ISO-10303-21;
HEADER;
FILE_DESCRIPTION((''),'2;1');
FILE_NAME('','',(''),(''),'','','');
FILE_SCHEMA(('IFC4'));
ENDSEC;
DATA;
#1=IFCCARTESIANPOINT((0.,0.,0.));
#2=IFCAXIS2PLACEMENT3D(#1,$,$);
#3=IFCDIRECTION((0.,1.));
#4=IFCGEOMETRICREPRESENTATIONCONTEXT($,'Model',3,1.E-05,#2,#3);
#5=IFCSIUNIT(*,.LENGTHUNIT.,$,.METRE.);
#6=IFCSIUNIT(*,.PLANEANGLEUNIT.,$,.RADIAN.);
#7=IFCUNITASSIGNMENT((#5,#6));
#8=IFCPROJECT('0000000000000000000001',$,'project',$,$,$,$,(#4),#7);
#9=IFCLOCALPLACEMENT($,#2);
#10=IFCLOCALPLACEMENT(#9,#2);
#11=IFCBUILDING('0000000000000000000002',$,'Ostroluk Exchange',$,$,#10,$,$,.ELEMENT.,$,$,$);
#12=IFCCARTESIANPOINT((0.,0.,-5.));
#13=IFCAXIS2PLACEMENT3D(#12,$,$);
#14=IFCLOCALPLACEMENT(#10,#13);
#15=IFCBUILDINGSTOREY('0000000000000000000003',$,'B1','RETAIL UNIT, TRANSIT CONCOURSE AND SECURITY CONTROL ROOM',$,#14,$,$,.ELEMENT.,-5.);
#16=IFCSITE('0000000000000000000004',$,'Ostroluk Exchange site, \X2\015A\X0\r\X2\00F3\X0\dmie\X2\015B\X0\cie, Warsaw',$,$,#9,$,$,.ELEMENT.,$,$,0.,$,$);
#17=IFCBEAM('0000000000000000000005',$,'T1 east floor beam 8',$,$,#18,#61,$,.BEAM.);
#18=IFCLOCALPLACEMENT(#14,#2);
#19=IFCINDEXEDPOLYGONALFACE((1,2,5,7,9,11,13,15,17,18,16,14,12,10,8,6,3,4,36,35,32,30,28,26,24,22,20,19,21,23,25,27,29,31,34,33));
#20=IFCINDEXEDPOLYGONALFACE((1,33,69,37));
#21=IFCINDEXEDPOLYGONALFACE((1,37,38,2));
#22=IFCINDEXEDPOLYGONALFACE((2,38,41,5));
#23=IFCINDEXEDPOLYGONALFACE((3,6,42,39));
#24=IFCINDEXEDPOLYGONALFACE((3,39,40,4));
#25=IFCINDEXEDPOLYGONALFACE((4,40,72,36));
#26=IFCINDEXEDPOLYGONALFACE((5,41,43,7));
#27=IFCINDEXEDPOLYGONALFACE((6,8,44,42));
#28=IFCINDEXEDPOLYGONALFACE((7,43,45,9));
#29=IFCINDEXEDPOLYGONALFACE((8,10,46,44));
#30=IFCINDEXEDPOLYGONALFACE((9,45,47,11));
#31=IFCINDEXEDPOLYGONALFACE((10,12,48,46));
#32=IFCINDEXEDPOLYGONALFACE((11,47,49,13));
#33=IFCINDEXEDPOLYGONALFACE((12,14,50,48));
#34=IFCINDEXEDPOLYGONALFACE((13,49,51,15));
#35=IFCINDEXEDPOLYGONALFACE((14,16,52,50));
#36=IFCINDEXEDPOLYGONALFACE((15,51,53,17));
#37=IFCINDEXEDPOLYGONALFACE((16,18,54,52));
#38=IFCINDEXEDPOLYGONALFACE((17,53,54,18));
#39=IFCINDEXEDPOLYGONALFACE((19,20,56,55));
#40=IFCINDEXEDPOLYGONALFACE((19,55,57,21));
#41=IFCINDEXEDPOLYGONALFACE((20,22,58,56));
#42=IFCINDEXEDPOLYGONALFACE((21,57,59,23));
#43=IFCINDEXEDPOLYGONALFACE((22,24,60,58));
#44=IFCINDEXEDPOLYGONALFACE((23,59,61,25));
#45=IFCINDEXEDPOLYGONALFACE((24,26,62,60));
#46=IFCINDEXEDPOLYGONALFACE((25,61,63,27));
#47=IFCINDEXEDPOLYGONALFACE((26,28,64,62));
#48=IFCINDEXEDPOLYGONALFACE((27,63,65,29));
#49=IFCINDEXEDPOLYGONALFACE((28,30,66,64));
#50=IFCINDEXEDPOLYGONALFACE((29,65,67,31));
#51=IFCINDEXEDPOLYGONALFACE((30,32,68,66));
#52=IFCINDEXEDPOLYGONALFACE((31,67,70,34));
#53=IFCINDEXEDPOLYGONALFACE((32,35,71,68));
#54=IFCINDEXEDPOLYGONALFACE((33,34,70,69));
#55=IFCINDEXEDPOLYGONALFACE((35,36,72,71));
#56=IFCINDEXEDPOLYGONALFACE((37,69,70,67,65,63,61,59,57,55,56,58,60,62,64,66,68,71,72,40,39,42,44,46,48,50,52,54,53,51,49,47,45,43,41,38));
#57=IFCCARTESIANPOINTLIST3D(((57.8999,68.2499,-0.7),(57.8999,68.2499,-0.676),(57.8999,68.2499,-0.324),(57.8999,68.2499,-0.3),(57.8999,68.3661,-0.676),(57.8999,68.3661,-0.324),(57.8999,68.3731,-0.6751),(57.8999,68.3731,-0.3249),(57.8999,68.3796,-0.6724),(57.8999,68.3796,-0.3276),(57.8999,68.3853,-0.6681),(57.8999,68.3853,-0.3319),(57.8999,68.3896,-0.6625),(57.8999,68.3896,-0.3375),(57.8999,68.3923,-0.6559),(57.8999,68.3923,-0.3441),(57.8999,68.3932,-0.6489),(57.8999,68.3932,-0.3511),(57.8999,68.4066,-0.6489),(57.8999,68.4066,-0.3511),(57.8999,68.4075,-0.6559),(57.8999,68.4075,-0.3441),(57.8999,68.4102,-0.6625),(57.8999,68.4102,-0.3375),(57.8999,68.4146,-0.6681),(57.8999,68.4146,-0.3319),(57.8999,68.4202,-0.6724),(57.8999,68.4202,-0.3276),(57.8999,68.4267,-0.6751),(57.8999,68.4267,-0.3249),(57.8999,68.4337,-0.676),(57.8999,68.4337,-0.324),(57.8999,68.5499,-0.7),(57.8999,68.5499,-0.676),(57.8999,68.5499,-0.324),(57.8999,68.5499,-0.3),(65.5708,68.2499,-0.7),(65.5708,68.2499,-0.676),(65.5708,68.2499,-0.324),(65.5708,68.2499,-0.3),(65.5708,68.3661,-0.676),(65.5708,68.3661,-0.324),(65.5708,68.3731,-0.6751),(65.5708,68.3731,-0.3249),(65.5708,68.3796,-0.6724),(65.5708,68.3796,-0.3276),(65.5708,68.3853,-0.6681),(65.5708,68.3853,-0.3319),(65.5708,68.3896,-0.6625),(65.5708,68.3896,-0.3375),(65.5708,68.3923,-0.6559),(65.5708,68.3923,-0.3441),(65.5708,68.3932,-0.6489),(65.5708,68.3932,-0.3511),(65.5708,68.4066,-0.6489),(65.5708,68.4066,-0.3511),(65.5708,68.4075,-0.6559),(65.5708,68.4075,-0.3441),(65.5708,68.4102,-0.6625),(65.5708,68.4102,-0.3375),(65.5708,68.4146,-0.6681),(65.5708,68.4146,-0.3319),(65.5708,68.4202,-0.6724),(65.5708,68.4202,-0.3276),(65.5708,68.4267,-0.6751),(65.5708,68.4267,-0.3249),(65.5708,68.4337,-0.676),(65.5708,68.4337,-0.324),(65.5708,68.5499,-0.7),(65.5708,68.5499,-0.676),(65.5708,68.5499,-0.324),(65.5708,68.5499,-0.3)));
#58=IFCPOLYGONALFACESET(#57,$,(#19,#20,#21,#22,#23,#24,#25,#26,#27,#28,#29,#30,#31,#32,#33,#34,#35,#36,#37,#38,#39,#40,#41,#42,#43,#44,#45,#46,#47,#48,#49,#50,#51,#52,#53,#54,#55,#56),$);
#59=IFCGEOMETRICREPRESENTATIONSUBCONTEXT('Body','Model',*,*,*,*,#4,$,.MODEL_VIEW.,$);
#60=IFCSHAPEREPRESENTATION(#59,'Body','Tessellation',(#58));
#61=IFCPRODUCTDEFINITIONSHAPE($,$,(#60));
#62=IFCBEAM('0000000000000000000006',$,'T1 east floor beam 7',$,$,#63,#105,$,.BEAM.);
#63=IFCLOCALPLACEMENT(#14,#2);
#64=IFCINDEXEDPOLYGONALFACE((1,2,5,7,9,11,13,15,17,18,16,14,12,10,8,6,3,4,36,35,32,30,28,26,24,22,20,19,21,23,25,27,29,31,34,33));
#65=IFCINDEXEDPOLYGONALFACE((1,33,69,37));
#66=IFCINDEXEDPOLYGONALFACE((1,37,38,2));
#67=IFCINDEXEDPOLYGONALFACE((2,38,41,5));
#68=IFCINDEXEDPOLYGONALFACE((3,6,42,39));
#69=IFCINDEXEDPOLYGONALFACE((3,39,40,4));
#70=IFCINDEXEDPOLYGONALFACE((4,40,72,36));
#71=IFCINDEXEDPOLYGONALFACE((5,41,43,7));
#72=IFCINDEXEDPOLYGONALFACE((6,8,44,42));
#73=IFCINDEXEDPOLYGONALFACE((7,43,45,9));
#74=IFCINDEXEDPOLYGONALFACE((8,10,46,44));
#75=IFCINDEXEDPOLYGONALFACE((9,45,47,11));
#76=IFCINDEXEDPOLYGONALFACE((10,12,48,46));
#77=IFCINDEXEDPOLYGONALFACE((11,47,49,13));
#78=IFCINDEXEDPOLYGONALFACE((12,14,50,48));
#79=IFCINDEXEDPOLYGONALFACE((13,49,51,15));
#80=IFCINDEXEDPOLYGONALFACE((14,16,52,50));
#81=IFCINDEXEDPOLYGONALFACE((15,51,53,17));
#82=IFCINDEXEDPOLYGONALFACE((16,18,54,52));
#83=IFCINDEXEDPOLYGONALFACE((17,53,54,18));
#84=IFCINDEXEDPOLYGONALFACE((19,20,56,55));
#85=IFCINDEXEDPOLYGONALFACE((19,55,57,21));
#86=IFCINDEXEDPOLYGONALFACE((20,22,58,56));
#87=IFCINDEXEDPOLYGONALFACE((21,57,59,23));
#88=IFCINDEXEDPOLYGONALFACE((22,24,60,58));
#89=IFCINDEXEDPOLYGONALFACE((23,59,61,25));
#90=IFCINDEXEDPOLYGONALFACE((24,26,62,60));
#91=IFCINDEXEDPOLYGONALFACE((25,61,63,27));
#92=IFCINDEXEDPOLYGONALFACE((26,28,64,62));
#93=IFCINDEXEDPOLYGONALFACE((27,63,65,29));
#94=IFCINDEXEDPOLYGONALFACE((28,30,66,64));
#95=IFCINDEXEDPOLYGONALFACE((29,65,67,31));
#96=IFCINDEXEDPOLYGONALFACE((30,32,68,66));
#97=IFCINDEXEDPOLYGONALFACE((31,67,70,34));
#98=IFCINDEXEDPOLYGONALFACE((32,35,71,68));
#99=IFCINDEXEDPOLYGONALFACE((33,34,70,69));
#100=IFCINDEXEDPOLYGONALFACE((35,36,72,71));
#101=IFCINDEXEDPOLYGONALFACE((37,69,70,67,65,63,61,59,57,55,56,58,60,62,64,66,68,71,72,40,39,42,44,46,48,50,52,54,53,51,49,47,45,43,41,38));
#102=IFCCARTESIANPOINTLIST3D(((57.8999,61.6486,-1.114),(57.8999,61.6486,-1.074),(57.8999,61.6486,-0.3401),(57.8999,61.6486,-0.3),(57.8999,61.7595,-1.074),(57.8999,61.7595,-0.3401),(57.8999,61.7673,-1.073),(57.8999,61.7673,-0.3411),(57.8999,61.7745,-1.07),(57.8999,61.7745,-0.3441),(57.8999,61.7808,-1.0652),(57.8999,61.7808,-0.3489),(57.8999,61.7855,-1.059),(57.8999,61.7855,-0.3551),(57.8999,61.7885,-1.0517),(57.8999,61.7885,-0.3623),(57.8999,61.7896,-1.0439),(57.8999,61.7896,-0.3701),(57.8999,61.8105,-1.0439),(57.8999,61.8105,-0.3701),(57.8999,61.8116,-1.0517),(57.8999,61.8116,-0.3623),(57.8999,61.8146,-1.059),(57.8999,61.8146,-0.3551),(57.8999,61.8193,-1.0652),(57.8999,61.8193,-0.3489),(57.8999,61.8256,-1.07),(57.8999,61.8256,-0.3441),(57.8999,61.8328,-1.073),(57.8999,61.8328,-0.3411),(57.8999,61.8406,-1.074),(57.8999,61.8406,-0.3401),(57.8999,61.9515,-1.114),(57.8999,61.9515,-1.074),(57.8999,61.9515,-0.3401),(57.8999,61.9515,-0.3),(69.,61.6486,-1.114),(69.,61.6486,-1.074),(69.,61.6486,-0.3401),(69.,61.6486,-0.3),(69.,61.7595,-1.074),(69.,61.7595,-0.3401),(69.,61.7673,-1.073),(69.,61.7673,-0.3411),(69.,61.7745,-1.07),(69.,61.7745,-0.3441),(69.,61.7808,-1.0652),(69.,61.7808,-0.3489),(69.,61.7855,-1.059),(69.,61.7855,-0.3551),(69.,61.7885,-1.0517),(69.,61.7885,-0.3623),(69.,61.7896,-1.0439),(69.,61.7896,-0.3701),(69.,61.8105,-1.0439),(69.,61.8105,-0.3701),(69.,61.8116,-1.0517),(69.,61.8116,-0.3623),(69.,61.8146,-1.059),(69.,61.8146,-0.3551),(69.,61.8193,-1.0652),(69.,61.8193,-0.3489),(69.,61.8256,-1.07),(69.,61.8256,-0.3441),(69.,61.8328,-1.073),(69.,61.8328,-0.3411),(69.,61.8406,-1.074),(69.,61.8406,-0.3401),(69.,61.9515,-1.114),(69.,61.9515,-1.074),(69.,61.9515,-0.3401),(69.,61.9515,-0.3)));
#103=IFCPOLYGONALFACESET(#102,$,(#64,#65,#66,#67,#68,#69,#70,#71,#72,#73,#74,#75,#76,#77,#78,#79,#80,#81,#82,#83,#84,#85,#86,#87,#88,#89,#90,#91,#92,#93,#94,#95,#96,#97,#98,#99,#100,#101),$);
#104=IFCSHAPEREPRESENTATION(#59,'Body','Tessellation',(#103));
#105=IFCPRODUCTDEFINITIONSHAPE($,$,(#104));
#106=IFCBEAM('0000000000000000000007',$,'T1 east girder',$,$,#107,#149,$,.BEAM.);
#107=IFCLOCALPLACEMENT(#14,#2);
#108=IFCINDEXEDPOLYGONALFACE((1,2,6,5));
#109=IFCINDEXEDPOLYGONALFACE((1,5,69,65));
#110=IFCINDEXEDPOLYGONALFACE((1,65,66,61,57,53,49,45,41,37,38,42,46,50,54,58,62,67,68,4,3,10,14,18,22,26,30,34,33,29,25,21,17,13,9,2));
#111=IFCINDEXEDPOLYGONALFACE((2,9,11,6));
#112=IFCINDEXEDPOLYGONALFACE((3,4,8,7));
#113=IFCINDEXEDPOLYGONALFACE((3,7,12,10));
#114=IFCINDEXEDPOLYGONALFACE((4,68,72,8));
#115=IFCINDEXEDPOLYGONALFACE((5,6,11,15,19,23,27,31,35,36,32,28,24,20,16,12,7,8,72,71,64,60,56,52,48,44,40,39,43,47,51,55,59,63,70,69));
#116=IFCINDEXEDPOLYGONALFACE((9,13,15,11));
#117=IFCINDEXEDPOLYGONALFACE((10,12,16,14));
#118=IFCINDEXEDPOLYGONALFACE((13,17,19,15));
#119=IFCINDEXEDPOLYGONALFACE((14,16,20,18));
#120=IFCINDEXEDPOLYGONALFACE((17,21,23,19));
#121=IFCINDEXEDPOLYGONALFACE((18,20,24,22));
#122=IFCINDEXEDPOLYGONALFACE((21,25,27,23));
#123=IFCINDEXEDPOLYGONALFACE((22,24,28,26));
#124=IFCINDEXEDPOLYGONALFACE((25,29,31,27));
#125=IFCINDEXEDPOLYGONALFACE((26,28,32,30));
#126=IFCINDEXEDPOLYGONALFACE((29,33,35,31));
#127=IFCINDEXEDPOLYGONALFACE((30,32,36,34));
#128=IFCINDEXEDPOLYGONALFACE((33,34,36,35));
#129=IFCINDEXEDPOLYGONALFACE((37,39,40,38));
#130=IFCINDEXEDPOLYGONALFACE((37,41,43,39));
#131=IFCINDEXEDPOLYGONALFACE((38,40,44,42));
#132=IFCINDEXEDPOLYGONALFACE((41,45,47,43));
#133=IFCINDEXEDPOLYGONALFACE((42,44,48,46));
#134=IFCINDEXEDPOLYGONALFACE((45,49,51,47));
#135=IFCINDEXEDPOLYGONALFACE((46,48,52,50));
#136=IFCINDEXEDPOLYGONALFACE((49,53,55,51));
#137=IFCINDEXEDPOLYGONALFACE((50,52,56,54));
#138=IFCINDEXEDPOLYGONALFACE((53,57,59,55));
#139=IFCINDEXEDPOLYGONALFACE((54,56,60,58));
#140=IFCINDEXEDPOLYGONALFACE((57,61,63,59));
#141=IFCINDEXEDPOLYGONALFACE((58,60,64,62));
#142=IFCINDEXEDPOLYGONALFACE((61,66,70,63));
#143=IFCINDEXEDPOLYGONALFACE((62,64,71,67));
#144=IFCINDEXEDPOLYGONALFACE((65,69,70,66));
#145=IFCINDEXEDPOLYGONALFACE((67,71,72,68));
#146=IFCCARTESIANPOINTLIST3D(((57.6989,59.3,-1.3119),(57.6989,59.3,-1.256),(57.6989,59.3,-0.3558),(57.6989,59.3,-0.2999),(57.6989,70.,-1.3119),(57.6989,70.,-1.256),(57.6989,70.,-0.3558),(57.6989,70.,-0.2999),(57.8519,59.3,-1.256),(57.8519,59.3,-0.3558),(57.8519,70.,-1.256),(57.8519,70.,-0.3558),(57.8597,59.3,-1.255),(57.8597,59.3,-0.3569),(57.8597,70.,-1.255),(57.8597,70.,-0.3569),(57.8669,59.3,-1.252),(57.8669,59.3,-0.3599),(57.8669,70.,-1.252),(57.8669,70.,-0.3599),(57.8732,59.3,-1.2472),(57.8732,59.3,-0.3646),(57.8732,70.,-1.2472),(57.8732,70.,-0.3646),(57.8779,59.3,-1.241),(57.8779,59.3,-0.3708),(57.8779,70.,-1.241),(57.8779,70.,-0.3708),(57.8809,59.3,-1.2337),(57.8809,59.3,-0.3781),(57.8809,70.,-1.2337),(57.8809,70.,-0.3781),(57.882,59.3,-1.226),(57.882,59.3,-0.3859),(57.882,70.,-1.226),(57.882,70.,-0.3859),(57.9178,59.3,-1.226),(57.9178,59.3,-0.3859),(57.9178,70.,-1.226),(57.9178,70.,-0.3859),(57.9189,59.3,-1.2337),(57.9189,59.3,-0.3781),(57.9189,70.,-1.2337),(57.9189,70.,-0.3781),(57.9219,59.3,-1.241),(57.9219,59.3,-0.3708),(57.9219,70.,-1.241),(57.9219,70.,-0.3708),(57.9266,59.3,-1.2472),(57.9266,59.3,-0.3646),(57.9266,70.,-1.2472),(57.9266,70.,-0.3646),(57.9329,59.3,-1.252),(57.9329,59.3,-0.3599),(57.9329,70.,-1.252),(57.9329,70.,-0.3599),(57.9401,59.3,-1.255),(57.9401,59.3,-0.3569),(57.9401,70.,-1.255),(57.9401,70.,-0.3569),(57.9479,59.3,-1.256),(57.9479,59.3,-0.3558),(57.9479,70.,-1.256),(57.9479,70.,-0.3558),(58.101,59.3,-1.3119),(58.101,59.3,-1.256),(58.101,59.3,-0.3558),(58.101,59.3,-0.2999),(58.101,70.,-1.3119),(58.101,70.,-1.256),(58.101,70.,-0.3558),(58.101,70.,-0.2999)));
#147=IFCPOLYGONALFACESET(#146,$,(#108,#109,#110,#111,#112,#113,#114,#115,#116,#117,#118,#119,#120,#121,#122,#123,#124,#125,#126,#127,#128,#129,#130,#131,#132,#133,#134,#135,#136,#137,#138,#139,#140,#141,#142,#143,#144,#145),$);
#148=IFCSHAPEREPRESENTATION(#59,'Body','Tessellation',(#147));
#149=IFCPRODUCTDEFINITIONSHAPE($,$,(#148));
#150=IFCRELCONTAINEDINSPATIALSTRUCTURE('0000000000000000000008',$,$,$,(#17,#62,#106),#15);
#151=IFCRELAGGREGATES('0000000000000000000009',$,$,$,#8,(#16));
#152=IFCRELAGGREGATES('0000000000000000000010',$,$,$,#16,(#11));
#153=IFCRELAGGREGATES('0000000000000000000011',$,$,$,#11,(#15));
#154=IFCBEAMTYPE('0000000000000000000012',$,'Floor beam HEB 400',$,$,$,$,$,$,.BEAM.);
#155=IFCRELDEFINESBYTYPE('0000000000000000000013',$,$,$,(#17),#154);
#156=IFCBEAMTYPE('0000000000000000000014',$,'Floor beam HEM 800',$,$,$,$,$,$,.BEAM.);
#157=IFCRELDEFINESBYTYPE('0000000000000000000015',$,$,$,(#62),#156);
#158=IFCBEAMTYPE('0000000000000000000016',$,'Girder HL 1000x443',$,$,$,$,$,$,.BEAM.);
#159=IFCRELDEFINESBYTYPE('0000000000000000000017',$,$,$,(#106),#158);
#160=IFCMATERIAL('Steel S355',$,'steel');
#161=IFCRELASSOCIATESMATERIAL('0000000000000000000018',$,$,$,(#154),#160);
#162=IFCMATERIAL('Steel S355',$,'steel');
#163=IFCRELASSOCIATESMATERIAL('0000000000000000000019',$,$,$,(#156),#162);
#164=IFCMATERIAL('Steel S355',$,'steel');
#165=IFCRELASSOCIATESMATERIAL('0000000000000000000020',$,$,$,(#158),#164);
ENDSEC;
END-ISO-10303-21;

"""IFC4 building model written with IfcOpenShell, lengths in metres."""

from ifc_helpers import new_model, si_unit, direction, frame, origin, origin_2d, place, context, subcontext, project, spatial, i_section, extrude, material, material_profile, profile_set, type_object, element, save


model = new_model("IFC4")

# Units and contexts
model_context = context("Model", 3, precision=1e-05, world=origin(), true_north=direction((0.0, 1.0)))
body_context = subcontext(model_context, "Body", "Model", "MODEL_VIEW")
ifc_project = project(units=[si_unit("LENGTHUNIT", "METRE"), si_unit("PLANEANGLEUNIT", "RADIAN")], contexts=[model_context])

# Site, building, storey
site_placement = place(None, origin())
site = spatial("IfcSite", under=ifc_project, at=site_placement, Name="Ostroluk Exchange site, Śródmieście, Warsaw", CompositionType="ELEMENT", RefElevation=0.0)
building_placement = place(site_placement, origin())
building = spatial("IfcBuilding", under=site, at=building_placement, Name="Ostroluk Exchange", CompositionType="ELEMENT")
storey_placement = place(building_placement, frame((0.0, 0.0, -5.0)))
storey = spatial("IfcBuildingStorey", under=building, at=storey_placement, Name="B1", Description="RETAIL UNIT, TRANSIT CONCOURSE AND SECURITY CONTROL ROOM", CompositionType="ELEMENT", Elevation=-5.0)

# Beams
ifc_material_1 = material(Name="Steel S355", Category="steel")
ifc_material_profile_1 = material_profile(ifc_material_1, i_section(OverallWidth=0.3, OverallDepth=0.3999, WebThickness=0.0134, FlangeThickness=0.0239, FilletRadius=0.0271, at=origin_2d()), Name="HEB 400")
ifc_profile_set_1 = profile_set([ifc_material_profile_1], Name="Steel S355")
beam_type_1 = type_object("IfcBeamType", Name="Floor beam HEB 400", PredefinedType="BEAM", material=ifc_profile_set_1)
beam_1_placement = place(storey_placement, frame((57.8999, 68.3999, -0.5), z_axis=(1.0, 0.0, 0.0), x_axis=(0.0, 1.0, 0.0)))
element("IfcBeam", 1, at=beam_1_placement, inside=storey, type_object=beam_type_1, Name="T1 east floor beam 8", PredefinedType="BEAM", context=body_context, shape_type="SweptSolid", body=[
    extrude(i_section(OverallWidth=0.3, OverallDepth=0.3999, WebThickness=0.0134, FlangeThickness=0.0239, FilletRadius=0.0271, at=origin_2d()), origin(), (0.0, 0.0, 1.0), 7.6709),
])
ifc_material_2 = material(Name="Steel S355", Category="steel")
ifc_material_profile_2 = material_profile(ifc_material_2, i_section(OverallWidth=0.303, OverallDepth=0.814, WebThickness=0.021, FlangeThickness=0.04, FilletRadius=0.03, at=origin_2d()), Name="HEM 800")
ifc_profile_set_2 = profile_set([ifc_material_profile_2], Name="Steel S355")
beam_type_2 = type_object("IfcBeamType", Name="Floor beam HEM 800", PredefinedType="BEAM", material=ifc_profile_set_2)
beam_2_placement = place(storey_placement, frame((57.8999, 61.8, -0.707), z_axis=(1.0, 0.0, 0.0), x_axis=(0.0, 1.0, 0.0)))
element("IfcBeam", 2, at=beam_2_placement, inside=storey, type_object=beam_type_2, Name="T1 east floor beam 7", PredefinedType="BEAM", context=body_context, shape_type="SweptSolid", body=[
    extrude(i_section(OverallWidth=0.303, OverallDepth=0.814, WebThickness=0.021, FlangeThickness=0.04, FilletRadius=0.03, at=origin_2d()), origin(), (0.0, 0.0, 1.0), 11.1001),
])
ifc_material_3 = material(Name="Steel S355", Category="steel")
ifc_material_profile_3 = material_profile(ifc_material_3, i_section(OverallWidth=0.4021, OverallDepth=1.012, WebThickness=0.0359, FlangeThickness=0.0559, FilletRadius=0.03, at=origin_2d()), Name="HL 1000x443")
ifc_profile_set_3 = profile_set([ifc_material_profile_3], Name="Steel S355")
beam_type_3 = type_object("IfcBeamType", Name="Girder HL 1000x443", PredefinedType="BEAM", material=ifc_profile_set_3)
beam_3_placement = place(storey_placement, frame((57.8999, 59.3, -0.8059), z_axis=(0.0, 1.0, 0.0), x_axis=(-1.0, 0.0, 0.0)))
element("IfcBeam", 3, at=beam_3_placement, inside=storey, type_object=beam_type_3, Name="T1 east girder", PredefinedType="BEAM", context=body_context, shape_type="SweptSolid", body=[
    extrude(i_section(OverallWidth=0.4021, OverallDepth=1.012, WebThickness=0.0359, FlangeThickness=0.0559, FilletRadius=0.03, at=origin_2d()), origin(), (0.0, 0.0, 1.0), 10.7),
])

save(model, "model.ifc")
